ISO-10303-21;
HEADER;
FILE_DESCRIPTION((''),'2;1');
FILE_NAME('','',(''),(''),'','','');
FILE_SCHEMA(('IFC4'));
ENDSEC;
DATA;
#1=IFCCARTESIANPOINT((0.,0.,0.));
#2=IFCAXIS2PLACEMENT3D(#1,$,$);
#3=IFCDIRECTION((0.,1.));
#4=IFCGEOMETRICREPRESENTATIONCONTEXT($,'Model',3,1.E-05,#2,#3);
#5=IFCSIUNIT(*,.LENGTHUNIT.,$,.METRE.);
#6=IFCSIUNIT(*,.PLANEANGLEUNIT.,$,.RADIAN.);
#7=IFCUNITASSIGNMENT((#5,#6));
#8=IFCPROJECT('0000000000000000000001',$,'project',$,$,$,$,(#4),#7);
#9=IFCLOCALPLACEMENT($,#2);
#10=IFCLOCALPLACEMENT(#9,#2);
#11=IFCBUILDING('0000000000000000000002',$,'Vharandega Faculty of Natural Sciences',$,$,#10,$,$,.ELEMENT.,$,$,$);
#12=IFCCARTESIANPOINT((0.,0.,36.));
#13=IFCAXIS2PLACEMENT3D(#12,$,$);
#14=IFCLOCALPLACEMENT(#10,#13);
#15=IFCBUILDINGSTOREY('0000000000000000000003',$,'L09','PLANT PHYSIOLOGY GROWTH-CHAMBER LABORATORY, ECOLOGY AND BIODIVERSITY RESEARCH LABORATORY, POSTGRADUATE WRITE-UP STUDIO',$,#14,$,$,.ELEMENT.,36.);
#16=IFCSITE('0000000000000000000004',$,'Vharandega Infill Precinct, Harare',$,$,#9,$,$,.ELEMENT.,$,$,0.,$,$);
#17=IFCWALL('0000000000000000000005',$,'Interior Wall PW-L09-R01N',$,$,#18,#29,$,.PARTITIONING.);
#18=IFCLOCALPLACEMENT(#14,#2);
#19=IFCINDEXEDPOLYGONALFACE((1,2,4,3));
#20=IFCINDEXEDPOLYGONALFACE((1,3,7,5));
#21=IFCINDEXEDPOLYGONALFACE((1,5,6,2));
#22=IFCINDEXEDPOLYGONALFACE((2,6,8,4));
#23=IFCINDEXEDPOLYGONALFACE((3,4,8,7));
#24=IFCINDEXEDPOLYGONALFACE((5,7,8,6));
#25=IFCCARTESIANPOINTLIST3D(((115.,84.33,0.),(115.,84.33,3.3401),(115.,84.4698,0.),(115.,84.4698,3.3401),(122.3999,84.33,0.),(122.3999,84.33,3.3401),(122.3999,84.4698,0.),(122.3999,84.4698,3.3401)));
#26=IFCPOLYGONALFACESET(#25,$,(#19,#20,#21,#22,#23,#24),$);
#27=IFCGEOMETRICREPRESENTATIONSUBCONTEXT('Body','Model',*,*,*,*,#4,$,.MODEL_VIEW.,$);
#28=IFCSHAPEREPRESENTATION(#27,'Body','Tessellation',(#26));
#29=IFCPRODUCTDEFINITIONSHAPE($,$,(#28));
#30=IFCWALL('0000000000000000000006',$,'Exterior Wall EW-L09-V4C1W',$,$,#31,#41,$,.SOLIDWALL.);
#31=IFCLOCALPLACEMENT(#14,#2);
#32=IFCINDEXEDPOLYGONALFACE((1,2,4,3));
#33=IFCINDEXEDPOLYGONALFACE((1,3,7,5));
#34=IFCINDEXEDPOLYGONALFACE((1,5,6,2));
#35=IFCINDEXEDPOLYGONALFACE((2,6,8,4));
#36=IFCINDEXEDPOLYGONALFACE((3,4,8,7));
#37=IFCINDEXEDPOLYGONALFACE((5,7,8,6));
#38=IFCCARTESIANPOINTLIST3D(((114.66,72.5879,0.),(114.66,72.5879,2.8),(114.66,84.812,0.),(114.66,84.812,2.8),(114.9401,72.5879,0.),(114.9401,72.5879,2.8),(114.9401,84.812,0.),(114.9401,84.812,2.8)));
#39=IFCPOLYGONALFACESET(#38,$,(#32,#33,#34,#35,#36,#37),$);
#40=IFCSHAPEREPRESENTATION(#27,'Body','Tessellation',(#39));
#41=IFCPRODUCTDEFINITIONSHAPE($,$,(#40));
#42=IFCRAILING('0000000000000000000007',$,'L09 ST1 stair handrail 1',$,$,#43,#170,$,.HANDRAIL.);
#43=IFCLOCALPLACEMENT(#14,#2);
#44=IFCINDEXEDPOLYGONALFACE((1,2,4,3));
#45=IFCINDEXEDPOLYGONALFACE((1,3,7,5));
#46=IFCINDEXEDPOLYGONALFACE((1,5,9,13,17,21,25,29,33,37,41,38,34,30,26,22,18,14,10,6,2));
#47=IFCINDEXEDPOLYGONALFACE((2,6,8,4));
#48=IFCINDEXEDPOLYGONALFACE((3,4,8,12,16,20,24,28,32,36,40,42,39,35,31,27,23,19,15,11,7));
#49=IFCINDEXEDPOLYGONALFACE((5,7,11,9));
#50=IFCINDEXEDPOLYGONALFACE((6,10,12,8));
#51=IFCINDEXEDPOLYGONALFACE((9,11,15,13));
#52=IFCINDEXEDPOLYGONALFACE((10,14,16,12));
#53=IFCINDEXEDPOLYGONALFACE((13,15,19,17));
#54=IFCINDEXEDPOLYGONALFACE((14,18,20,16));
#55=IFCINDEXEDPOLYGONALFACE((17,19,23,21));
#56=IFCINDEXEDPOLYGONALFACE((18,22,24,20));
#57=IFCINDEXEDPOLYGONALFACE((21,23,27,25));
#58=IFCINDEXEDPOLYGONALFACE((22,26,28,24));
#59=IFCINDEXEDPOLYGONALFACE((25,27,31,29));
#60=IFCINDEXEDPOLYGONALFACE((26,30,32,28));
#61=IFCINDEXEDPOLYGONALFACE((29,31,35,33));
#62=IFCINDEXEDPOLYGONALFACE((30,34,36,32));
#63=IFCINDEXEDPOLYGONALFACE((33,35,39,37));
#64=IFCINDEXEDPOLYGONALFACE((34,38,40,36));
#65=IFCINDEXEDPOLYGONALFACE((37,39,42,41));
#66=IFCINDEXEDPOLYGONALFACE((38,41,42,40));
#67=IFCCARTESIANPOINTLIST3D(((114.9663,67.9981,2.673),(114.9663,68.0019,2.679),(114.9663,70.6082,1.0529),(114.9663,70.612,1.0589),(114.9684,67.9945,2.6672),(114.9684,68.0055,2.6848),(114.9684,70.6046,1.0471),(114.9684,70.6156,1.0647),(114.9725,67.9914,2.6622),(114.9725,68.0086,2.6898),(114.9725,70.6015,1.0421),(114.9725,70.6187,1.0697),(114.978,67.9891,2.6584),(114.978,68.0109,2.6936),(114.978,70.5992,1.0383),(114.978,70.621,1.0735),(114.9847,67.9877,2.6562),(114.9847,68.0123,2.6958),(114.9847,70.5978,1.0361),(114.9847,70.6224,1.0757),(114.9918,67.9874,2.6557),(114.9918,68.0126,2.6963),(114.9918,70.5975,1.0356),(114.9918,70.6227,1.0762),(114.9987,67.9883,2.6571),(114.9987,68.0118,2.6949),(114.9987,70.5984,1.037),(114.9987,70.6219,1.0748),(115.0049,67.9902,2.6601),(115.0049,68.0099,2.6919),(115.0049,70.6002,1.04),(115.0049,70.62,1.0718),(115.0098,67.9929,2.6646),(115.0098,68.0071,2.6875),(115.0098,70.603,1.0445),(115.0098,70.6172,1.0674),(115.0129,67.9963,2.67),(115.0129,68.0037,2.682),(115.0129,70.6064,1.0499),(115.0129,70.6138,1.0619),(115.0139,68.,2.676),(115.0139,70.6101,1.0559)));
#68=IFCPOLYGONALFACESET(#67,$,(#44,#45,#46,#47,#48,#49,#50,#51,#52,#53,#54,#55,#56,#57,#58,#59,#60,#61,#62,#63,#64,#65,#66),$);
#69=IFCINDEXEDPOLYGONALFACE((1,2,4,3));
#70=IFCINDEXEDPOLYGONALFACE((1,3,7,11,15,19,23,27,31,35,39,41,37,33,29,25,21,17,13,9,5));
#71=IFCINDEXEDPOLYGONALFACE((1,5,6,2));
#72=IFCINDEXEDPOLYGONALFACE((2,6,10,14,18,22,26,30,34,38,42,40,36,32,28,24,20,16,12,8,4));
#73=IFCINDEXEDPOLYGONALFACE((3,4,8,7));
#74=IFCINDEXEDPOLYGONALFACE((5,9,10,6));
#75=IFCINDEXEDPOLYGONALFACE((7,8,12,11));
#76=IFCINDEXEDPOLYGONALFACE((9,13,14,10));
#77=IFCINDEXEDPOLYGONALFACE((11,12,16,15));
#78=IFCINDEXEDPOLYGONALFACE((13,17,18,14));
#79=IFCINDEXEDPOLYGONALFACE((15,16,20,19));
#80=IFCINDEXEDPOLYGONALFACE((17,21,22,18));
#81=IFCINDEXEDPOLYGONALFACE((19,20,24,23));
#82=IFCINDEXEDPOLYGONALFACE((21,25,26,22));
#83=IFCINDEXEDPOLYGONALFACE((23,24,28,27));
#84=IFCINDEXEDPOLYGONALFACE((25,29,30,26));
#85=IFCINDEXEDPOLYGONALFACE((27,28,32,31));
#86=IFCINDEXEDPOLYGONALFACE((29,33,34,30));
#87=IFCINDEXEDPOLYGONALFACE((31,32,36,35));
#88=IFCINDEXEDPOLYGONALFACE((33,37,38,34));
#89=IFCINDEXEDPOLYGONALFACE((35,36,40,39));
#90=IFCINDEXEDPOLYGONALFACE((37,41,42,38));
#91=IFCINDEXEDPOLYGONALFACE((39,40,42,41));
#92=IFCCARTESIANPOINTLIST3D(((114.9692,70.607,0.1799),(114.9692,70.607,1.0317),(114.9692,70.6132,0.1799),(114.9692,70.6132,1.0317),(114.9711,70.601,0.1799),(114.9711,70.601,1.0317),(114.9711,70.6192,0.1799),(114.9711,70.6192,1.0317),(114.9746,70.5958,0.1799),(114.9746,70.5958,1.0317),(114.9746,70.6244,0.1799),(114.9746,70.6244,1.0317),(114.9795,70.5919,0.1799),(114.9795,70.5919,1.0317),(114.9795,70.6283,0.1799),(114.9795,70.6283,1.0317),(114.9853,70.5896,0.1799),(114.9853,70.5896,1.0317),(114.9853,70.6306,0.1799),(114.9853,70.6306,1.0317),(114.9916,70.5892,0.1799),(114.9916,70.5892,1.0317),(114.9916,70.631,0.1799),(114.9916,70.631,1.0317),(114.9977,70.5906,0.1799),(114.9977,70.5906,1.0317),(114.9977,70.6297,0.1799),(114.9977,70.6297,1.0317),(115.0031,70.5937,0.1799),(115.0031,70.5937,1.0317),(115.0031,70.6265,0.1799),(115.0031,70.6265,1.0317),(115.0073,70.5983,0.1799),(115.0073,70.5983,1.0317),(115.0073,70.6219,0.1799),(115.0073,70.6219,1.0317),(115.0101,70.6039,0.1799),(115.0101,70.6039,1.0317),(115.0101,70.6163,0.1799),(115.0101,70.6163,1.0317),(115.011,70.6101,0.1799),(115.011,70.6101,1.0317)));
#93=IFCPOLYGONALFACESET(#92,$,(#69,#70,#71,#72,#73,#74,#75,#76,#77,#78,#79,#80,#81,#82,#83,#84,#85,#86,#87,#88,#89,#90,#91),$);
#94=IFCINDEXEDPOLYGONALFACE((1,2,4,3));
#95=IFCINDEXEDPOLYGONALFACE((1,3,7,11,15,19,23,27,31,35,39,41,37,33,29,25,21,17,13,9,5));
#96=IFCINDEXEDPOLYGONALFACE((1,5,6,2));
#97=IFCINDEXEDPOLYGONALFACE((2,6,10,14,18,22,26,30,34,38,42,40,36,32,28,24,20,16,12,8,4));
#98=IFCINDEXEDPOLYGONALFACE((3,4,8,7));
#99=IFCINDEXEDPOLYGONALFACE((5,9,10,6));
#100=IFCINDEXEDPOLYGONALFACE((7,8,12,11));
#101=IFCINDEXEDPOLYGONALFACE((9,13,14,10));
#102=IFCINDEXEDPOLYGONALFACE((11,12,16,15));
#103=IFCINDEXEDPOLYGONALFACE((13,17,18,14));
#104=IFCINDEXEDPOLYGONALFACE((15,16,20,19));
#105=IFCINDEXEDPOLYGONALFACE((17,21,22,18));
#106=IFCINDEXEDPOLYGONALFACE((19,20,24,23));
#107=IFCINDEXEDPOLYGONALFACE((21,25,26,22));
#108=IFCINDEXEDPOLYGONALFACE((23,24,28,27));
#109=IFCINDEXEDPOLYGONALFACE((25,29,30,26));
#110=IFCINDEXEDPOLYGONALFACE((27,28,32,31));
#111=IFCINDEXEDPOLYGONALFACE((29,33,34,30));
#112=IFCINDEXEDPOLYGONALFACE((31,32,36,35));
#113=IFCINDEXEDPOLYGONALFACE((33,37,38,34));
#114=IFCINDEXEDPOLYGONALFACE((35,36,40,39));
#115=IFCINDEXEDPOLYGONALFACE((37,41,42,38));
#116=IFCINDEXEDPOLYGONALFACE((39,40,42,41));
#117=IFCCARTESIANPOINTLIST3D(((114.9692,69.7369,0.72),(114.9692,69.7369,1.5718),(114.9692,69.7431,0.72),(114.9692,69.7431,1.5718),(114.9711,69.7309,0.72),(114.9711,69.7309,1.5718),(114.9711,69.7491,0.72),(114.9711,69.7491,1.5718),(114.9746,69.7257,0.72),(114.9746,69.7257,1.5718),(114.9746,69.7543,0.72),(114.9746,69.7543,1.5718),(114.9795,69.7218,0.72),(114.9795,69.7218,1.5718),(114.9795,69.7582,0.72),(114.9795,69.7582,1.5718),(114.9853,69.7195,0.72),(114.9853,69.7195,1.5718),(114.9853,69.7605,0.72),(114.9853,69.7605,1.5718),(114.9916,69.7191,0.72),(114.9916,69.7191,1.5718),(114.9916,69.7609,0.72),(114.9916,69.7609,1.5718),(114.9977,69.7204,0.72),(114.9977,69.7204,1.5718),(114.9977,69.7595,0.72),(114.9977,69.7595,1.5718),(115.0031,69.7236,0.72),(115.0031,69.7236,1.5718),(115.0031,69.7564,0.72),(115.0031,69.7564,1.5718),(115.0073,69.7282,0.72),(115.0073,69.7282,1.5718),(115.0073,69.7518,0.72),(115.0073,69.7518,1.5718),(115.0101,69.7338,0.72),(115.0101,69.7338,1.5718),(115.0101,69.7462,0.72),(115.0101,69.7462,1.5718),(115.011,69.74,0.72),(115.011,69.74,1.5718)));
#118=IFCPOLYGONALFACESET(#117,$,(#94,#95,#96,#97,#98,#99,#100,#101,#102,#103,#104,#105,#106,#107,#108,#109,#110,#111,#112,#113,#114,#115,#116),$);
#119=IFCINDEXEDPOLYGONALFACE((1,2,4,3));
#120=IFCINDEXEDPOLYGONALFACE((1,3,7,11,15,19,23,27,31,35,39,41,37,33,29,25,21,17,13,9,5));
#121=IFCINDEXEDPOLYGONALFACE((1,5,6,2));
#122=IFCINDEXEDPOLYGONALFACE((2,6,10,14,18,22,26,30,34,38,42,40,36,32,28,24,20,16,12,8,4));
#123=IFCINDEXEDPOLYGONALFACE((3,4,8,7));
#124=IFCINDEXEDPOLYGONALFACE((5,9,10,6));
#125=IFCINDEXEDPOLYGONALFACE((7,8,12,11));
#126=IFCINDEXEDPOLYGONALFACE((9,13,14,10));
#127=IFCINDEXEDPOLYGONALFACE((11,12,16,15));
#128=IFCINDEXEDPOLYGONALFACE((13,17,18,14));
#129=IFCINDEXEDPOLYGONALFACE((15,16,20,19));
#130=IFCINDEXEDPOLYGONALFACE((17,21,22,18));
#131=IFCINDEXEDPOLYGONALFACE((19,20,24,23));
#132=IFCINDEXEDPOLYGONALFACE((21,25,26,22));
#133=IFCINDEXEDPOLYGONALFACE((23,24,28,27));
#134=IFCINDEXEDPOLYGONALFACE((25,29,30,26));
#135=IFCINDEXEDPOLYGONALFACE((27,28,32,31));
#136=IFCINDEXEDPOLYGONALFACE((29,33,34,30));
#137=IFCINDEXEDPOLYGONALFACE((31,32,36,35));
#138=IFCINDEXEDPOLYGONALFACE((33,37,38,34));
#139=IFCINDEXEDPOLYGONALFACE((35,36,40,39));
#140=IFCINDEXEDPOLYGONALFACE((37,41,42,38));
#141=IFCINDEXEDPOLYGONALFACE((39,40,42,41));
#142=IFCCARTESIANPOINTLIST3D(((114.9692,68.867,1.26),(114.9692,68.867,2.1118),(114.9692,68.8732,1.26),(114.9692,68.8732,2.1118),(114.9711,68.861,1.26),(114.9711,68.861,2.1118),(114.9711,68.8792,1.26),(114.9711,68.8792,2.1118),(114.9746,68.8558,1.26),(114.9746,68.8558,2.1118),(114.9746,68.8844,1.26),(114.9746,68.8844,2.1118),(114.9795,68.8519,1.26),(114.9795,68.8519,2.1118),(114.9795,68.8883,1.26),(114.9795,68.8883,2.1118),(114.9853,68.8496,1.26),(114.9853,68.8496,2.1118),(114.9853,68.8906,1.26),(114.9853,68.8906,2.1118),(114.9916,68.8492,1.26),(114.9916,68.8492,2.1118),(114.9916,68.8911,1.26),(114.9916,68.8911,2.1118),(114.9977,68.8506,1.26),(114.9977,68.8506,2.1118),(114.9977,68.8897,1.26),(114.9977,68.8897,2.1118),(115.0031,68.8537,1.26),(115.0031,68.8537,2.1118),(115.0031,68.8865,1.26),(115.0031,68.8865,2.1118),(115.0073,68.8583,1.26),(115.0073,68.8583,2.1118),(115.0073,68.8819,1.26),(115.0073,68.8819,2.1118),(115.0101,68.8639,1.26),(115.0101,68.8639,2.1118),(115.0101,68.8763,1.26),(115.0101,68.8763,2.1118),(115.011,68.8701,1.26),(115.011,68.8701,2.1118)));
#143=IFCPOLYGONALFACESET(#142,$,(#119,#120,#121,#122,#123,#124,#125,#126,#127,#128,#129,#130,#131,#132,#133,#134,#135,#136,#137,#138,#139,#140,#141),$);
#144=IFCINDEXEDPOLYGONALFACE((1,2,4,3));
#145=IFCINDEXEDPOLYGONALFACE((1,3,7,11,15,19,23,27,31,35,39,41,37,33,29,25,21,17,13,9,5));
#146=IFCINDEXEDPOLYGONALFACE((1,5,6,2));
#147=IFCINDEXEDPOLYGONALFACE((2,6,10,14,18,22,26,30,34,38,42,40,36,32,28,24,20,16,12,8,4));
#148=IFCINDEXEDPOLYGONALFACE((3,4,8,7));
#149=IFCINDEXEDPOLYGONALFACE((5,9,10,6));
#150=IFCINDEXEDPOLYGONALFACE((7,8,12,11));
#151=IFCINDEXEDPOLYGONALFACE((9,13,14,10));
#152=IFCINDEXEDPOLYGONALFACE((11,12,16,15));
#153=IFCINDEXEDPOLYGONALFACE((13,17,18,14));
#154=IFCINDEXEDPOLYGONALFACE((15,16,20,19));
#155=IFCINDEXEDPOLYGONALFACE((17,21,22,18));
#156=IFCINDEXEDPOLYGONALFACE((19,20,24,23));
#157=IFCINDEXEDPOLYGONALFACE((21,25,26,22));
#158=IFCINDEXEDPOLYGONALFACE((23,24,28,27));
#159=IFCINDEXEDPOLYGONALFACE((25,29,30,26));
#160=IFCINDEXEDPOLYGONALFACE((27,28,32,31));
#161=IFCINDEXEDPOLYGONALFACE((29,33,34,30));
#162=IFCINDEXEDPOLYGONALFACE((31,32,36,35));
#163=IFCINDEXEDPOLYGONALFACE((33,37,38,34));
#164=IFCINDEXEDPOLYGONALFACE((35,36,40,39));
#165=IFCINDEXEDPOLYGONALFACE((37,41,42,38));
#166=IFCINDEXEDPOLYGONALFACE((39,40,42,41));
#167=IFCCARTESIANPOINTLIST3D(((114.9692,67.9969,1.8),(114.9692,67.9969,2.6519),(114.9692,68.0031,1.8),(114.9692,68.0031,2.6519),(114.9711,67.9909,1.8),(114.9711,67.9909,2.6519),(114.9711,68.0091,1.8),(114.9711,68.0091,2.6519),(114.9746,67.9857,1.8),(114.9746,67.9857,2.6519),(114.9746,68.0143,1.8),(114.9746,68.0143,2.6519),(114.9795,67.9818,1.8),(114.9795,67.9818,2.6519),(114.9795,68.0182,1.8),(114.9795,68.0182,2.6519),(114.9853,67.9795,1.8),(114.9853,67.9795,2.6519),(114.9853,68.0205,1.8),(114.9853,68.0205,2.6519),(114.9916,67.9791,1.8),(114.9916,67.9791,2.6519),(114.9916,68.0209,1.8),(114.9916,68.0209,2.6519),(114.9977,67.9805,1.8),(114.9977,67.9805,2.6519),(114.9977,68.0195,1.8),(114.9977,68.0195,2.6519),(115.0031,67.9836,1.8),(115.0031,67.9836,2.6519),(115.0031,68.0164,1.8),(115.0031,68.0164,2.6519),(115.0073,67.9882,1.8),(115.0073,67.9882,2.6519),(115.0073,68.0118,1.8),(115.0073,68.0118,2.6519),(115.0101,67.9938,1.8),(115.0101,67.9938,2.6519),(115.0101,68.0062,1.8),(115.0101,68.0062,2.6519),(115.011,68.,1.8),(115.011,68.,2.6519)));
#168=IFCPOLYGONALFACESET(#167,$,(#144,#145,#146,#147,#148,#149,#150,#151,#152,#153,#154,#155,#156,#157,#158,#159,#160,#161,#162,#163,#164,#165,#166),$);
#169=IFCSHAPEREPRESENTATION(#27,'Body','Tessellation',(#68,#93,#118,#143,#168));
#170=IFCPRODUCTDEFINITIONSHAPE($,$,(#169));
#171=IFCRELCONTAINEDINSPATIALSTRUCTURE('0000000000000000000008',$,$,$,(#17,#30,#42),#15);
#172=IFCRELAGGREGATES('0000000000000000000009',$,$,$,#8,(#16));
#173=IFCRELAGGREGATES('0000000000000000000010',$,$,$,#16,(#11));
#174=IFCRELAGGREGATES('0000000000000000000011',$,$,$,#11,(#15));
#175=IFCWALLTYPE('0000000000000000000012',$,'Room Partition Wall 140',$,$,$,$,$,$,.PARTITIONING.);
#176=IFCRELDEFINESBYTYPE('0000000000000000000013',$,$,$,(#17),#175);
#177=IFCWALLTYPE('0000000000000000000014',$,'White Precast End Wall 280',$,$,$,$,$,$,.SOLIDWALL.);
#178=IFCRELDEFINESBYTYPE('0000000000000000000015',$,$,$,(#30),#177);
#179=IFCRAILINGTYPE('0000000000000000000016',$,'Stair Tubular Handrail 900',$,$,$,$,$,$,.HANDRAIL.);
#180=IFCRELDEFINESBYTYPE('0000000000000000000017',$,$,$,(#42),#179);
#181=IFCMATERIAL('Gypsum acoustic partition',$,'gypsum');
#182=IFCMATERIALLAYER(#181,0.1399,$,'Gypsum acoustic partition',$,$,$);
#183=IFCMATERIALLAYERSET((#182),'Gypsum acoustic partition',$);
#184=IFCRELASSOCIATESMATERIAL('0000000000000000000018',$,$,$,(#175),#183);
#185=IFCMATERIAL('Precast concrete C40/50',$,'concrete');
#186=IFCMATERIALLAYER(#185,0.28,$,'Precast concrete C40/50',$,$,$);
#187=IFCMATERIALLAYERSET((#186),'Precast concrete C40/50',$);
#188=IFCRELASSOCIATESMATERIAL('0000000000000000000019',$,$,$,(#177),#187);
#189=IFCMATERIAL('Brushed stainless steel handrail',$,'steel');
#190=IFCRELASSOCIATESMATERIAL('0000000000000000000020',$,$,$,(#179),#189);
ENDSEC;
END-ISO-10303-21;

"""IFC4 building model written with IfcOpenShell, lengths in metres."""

from ifc_helpers import new_model, si_unit, direction, frame, frame_2d, origin, origin_2d, place, context, subcontext, project, spatial, rectangle, circle, extrude, material, layer, layer_set, type_object, element, save


model = new_model("IFC4")

# Units and contexts
model_context = context("Model", 3, precision=1e-05, world=origin(), true_north=direction((0.0, 1.0)))
body_context = subcontext(model_context, "Body", "Model", "MODEL_VIEW")
ifc_project = project(units=[si_unit("LENGTHUNIT", "METRE"), si_unit("PLANEANGLEUNIT", "RADIAN")], contexts=[model_context])

# Site, building, storey
site_placement = place(None, origin())
site = spatial("IfcSite", under=ifc_project, at=site_placement, Name="Vharandega Infill Precinct, Harare", CompositionType="ELEMENT", RefElevation=0.0)
building_placement = place(site_placement, origin())
building = spatial("IfcBuilding", under=site, at=building_placement, Name="Vharandega Faculty of Natural Sciences", CompositionType="ELEMENT")
storey_placement = place(building_placement, frame((0.0, 0.0, 36.0)))
storey = spatial("IfcBuildingStorey", under=building, at=storey_placement, Name="L09", Description="PLANT PHYSIOLOGY GROWTH-CHAMBER LABORATORY, ECOLOGY AND BIODIVERSITY RESEARCH LABORATORY, POSTGRADUATE WRITE-UP STUDIO", CompositionType="ELEMENT", Elevation=36.0)

# Shared definitions
ifc_material_1 = material(Name="Gypsum acoustic partition", Category="gypsum")
ifc_layer_1 = layer(ifc_material_1, 0.1399, Name="Gypsum acoustic partition")
ifc_layer_set_1 = layer_set([ifc_layer_1], Name="Gypsum acoustic partition")
wall_type_1 = type_object("IfcWallType", Name="Room Partition Wall 140", PredefinedType="PARTITIONING", material=ifc_layer_set_1)

# Walls
wall_1_placement = place(storey_placement, frame((115.0, 84.3999, 0.0), z_axis=(0.0, 0.0, 1.0), x_axis=(1.0, 0.0, 0.0)))
element("IfcWall", 1, at=wall_1_placement, inside=storey, type_object=wall_type_1, Name="Interior Wall PW-L09-R01N", PredefinedType="PARTITIONING", context=body_context, shape_type="SweptSolid", body=[
    extrude(rectangle(XDim=7.3999, YDim=0.1399, at=frame_2d((3.7, 0.0))), origin(), (0.0, 0.0, 1.0), 3.3401),
])
ifc_material_2 = material(Name="Precast concrete C40/50", Category="concrete")
ifc_layer_2 = layer(ifc_material_2, 0.28, Name="Precast concrete C40/50")
ifc_layer_set_2 = layer_set([ifc_layer_2], Name="Precast concrete C40/50")
wall_type_2 = type_object("IfcWallType", Name="White Precast End Wall 280", PredefinedType="SOLIDWALL", material=ifc_layer_set_2)
wall_2_placement = place(storey_placement, frame((114.8, 72.5879, 0.0), z_axis=(0.0, 0.0, 1.0), x_axis=(0.0, 1.0, 0.0)))
element("IfcWall", 2, at=wall_2_placement, inside=storey, type_object=wall_type_2, Name="Exterior Wall EW-L09-V4C1W", PredefinedType="SOLIDWALL", context=body_context, shape_type="SweptSolid", body=[
    extrude(rectangle(XDim=12.2241, YDim=0.28, at=frame_2d((6.1121, 0.0))), origin(), (0.0, 0.0, 1.0), 2.8),
])

# Railing
ifc_material_3 = material(Name="Brushed stainless steel handrail", Category="steel")
railing_type_1 = type_object("IfcRailingType", Name="Stair Tubular Handrail 900", PredefinedType="HANDRAIL", material=ifc_material_3)
railing_1_placement = place(storey_placement, frame((114.99, 70.6101, 0.1799)))
element("IfcRailing", 3, at=railing_1_placement, inside=storey, type_object=railing_type_1, Name="L09 ST1 stair handrail 1", PredefinedType="HANDRAIL", context=body_context, shape_type="SweptSolid", body=[
    extrude(circle(Radius=0.0239, at=origin_2d()), frame((0.0, 0.0, 0.876), z_axis=(0.0, -0.849633, 0.527375), x_axis=(1.0, 0.0, 0.0)), (0.0, 0.0, 1.0), 3.072),
    extrude(circle(Radius=0.021, at=origin_2d()), origin(), (0.0, 0.0, 1.0), 0.8518),
    extrude(circle(Radius=0.021, at=origin_2d()), frame((0.0, -0.8701, 0.54)), (0.0, 0.0, 1.0), 0.8518),
    extrude(circle(Radius=0.021, at=origin_2d()), frame((0.0, -1.74, 1.0801)), (0.0, 0.0, 1.0), 0.8518),
    extrude(circle(Radius=0.021, at=origin_2d()), frame((0.0, -2.6101, 1.6201)), (0.0, 0.0, 1.0), 0.8518),
])

save(model, "model.ifc")
